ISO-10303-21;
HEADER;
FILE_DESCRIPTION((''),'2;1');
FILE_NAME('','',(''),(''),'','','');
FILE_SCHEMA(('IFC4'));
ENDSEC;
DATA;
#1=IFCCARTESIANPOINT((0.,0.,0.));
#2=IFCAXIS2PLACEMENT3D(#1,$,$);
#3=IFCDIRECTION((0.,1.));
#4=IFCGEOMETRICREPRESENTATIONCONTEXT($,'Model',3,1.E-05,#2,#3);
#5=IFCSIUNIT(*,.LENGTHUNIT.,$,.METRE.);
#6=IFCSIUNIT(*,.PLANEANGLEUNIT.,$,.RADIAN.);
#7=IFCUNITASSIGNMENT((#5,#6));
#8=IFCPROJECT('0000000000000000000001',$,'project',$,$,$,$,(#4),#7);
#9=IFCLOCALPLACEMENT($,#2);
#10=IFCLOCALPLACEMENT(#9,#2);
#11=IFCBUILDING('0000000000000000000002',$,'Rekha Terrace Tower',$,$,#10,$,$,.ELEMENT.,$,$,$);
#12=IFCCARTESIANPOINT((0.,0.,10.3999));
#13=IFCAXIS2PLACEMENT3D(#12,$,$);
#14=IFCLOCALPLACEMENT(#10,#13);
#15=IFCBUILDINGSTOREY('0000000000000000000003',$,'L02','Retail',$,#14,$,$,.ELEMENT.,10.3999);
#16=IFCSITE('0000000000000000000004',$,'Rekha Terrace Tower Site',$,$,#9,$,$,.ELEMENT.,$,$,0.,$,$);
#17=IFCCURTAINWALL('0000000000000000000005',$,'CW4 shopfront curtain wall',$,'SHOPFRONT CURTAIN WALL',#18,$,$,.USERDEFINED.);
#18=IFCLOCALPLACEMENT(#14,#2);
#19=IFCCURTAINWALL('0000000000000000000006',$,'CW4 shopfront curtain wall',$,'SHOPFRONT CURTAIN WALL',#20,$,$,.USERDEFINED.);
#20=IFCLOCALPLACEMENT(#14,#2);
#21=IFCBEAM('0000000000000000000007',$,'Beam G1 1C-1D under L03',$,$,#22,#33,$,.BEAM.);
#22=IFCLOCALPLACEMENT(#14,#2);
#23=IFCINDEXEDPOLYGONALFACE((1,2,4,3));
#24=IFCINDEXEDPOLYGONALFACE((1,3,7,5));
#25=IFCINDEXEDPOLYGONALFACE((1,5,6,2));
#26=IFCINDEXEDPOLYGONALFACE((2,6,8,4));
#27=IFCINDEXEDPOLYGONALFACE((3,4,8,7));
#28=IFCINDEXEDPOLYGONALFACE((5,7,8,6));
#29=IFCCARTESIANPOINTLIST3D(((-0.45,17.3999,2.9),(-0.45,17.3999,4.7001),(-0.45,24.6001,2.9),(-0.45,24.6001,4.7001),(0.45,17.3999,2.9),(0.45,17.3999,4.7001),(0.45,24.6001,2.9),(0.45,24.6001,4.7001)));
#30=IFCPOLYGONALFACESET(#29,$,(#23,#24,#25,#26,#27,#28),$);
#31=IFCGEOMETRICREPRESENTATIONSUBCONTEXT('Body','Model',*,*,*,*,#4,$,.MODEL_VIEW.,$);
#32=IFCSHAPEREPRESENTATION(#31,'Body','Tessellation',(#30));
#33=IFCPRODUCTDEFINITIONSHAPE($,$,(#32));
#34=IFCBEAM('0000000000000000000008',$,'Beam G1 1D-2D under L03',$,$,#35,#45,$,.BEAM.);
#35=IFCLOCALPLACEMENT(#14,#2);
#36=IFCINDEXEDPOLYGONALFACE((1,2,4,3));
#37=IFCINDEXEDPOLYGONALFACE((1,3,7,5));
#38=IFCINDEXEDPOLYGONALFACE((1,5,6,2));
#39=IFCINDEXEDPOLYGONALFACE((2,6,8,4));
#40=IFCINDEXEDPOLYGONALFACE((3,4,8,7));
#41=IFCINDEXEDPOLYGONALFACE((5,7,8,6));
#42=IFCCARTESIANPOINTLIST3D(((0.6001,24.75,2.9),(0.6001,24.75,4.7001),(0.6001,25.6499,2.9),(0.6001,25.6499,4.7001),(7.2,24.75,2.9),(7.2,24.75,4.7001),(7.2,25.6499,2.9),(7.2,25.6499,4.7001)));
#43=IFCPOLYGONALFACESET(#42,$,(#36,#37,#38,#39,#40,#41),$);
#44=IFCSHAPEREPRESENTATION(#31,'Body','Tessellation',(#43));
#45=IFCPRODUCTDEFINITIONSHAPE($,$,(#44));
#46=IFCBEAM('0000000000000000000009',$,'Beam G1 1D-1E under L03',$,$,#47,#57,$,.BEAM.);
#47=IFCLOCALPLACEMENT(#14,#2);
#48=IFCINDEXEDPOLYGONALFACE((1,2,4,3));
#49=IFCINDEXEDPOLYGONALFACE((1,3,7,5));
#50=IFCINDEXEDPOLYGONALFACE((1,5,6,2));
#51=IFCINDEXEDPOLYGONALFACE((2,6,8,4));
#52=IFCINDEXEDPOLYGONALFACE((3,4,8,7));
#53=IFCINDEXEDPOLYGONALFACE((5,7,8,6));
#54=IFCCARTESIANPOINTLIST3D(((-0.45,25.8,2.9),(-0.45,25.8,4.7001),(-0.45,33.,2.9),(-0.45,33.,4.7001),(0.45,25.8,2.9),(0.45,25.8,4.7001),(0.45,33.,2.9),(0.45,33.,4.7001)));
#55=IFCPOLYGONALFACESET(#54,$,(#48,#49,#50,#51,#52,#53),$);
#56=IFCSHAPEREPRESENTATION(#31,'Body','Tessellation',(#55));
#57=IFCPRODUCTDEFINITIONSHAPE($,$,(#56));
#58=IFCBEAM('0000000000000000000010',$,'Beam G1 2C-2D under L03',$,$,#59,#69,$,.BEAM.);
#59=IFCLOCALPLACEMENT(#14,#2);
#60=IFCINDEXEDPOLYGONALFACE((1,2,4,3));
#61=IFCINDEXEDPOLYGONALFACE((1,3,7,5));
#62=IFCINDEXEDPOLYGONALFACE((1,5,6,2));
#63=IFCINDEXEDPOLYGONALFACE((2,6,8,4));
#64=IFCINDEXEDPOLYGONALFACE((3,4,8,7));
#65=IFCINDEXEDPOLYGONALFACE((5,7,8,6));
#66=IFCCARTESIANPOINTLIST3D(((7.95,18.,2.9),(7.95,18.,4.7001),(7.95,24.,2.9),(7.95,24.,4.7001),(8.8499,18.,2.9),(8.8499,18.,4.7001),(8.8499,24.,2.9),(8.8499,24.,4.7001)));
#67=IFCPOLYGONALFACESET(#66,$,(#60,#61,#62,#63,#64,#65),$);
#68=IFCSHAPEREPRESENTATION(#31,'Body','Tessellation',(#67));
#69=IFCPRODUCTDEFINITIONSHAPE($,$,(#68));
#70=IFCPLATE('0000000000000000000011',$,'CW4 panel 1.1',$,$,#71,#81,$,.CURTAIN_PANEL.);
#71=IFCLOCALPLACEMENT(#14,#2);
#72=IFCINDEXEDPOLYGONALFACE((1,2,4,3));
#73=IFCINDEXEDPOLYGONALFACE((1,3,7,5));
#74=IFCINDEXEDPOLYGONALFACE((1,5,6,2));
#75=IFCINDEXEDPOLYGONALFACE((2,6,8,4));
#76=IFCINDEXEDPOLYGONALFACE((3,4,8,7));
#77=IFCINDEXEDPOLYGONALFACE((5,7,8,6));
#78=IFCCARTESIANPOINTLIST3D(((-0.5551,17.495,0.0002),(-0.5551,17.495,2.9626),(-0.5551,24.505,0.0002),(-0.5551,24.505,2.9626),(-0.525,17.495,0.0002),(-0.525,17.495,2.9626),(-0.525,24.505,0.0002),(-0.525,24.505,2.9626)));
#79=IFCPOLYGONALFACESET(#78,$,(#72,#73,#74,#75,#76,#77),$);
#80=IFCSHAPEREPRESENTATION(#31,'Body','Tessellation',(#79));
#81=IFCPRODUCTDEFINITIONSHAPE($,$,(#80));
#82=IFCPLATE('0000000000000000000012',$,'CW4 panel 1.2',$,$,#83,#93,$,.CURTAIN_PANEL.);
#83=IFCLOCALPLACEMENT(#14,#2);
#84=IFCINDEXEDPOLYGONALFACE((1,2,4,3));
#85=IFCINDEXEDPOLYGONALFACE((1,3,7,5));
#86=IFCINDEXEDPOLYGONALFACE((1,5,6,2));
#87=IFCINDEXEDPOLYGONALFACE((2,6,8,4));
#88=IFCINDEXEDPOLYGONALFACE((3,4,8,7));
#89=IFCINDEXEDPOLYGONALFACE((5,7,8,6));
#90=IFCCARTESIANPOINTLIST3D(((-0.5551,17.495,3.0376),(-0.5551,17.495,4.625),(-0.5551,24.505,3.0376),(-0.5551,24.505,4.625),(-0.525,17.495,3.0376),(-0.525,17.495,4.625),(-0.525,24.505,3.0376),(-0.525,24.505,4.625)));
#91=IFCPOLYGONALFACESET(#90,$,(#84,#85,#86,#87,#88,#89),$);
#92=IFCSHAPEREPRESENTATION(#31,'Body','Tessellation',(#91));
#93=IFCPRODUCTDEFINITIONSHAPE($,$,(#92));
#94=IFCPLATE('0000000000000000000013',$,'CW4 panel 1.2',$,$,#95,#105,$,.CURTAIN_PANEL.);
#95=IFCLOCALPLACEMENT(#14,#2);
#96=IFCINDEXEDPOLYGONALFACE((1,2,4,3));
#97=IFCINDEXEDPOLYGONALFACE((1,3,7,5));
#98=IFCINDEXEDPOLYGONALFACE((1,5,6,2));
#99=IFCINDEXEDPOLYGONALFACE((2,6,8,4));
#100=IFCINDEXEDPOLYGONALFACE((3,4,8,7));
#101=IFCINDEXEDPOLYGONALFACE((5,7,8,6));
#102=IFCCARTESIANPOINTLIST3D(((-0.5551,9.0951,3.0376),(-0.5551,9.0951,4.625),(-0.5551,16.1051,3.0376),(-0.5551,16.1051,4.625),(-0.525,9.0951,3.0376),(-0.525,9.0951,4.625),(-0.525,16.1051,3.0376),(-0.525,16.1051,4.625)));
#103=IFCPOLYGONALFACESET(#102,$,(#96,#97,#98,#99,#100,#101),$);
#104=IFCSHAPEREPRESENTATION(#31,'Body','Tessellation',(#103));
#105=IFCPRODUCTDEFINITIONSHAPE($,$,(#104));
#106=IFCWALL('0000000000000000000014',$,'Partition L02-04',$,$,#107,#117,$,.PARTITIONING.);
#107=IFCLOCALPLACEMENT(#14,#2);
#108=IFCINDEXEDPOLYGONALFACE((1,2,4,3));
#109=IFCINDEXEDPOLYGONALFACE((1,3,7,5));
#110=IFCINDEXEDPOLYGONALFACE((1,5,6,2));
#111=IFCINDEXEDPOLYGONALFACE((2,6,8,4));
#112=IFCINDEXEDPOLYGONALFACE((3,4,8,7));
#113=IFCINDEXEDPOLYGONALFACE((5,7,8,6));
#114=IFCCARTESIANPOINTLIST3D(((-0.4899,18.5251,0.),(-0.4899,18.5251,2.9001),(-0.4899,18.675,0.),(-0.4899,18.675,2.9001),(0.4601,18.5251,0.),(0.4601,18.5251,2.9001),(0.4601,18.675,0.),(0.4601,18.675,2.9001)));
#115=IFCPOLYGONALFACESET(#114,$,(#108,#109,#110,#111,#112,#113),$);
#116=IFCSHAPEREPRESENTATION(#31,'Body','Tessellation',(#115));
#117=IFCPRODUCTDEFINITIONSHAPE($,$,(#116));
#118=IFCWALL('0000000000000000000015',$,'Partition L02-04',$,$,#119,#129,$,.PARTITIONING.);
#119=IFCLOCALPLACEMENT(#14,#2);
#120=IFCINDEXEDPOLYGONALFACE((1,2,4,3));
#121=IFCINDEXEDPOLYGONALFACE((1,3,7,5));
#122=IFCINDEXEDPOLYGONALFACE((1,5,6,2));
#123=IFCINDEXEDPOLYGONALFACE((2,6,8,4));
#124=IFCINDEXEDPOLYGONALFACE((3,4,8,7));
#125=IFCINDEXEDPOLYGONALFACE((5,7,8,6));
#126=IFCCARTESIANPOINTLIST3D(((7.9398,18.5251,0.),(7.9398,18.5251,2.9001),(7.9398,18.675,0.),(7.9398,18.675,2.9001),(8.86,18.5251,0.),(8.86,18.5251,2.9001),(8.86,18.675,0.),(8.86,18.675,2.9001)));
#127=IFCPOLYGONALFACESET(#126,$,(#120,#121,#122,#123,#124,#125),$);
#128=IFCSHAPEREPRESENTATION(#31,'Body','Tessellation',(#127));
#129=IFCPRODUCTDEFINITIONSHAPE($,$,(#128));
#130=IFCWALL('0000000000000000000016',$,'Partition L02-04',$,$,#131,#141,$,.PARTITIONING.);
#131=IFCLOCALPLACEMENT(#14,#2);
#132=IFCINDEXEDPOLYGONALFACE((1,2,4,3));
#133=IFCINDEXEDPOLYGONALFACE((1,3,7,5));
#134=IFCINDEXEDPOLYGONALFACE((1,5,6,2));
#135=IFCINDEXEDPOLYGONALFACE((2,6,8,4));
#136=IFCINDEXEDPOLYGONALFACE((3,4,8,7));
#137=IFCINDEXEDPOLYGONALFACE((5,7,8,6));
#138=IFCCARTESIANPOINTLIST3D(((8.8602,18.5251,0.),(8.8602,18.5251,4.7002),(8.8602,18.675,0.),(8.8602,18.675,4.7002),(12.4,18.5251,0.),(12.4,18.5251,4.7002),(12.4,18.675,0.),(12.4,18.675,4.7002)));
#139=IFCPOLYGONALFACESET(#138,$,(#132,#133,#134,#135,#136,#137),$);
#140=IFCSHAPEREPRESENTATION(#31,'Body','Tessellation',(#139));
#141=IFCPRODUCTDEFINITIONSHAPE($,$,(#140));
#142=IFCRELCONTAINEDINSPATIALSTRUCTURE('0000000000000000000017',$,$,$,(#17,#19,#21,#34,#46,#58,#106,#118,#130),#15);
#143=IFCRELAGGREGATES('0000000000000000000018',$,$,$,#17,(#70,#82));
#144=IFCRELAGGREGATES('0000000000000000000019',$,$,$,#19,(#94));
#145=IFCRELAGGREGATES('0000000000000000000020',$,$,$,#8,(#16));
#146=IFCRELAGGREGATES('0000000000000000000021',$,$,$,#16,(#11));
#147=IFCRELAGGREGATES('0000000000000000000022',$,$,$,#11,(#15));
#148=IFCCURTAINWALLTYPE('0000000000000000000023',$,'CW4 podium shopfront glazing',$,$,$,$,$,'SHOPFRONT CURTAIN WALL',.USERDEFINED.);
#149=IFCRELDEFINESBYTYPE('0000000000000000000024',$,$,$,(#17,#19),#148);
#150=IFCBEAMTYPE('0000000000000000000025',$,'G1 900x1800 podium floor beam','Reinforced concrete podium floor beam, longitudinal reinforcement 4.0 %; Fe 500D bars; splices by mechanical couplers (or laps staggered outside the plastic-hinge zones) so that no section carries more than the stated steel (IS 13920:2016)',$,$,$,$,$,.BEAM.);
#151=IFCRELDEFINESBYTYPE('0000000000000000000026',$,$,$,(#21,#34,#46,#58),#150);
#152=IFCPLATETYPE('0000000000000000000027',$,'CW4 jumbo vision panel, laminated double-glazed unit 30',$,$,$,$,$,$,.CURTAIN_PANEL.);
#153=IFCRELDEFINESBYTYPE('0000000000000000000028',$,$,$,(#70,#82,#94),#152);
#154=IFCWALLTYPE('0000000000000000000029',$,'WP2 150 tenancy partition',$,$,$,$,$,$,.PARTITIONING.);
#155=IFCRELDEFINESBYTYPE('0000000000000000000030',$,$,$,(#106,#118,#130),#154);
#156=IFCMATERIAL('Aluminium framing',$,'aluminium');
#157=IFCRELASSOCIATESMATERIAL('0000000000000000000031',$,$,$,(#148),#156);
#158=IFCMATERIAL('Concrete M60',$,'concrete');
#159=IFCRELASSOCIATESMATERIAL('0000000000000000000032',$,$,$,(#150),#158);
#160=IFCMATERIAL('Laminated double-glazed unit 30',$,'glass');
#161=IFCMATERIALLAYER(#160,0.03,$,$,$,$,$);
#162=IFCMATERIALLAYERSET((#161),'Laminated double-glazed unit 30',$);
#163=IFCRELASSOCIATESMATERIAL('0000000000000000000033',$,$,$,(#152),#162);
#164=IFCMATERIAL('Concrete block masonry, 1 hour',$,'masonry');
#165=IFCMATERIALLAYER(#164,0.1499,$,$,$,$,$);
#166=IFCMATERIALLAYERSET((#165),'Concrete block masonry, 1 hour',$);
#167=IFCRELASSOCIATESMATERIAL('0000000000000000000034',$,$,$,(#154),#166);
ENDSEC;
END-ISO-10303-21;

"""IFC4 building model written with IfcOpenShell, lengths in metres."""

from ifc_helpers import new_model, si_unit, direction, frame, frame_2d, origin, origin_2d, place, context, subcontext, project, spatial, rectangle, extrude, material, layer, layer_set, material_profile, profile_set, type_object, element, aggregate, save


model = new_model("IFC4")

# Units and contexts
model_context = context("Model", 3, precision=1e-05, world=origin(), true_north=direction((0.0, 1.0)))
body_context = subcontext(model_context, "Body", "Model", "MODEL_VIEW")
ifc_project = project(units=[si_unit("LENGTHUNIT", "METRE"), si_unit("PLANEANGLEUNIT", "RADIAN")], contexts=[model_context])

# Site, building, storey
site_placement = place(None, origin())
site = spatial("IfcSite", under=ifc_project, at=site_placement, Name="Rekha Terrace Tower Site", CompositionType="ELEMENT", RefElevation=0.0)
building_placement = place(site_placement, origin())
building = spatial("IfcBuilding", under=site, at=building_placement, Name="Rekha Terrace Tower", CompositionType="ELEMENT")
storey_placement = place(building_placement, frame((0.0, 0.0, 10.3999)))
storey = spatial("IfcBuildingStorey", under=building, at=storey_placement, Name="L02", Description="Retail", CompositionType="ELEMENT", Elevation=10.3999)

# Shared definitions
ifc_material_1 = material(Name="Concrete M60", Category="concrete")

# Curtain wall
ifc_material_2 = material(Name="Aluminium framing", Category="aluminium")
curtain_wall_type = type_object("IfcCurtainWallType", Name="CW4 podium shopfront glazing", ElementType="SHOPFRONT CURTAIN WALL", PredefinedType="USERDEFINED", material=ifc_material_2)
curtain_wall_1_placement = place(storey_placement, origin())
curtain_wall_1 = element("IfcCurtainWall", 1, at=curtain_wall_1_placement, inside=storey, type_object=curtain_wall_type, Name="CW4 shopfront curtain wall", ObjectType="SHOPFRONT CURTAIN WALL", PredefinedType="USERDEFINED")

# Curtain wall
curtain_wall_2_placement = place(storey_placement, origin())
curtain_wall_2 = element("IfcCurtainWall", 2, at=curtain_wall_2_placement, inside=storey, type_object=curtain_wall_type, Name="CW4 shopfront curtain wall", ObjectType="SHOPFRONT CURTAIN WALL", PredefinedType="USERDEFINED")

# Beams
ifc_material_profile_1 = material_profile(ifc_material_1, rectangle(XDim=0.8999, YDim=1.8, at=origin_2d()), Name="RC 900x1800")
ifc_profile_set_1 = profile_set([ifc_material_profile_1], Name="Concrete M60")
beam_type = type_object("IfcBeamType", Name="G1 900x1800 podium floor beam", Description="Reinforced concrete podium floor beam, longitudinal reinforcement 4.0 %; Fe 500D bars; splices by mechanical couplers (or laps staggered outside the plastic-hinge zones) so that no section carries more than the stated steel (IS 13920:2016)", PredefinedType="BEAM", material=ifc_profile_set_1)
beam_1_placement = place(storey_placement, frame((0.0, 17.3999, 3.8), z_axis=(0.0, 1.0, 0.0), x_axis=(-1.0, 0.0, 0.0)))
element("IfcBeam", 3, at=beam_1_placement, inside=storey, type_object=beam_type, Name="Beam G1 1C-1D under L03", PredefinedType="BEAM", context=body_context, shape_type="SweptSolid", body=[
    extrude(rectangle(XDim=0.8999, YDim=1.8, at=origin_2d()), origin(), (0.0, 0.0, 1.0), 7.2002),
])
beam_2_placement = place(storey_placement, frame((0.6001, 25.2, 3.8), z_axis=(1.0, 0.0, 0.0), x_axis=(0.0, 1.0, 0.0)))
element("IfcBeam", 4, at=beam_2_placement, inside=storey, type_object=beam_type, Name="Beam G1 1D-2D under L03", PredefinedType="BEAM", context=body_context, shape_type="SweptSolid", body=[
    extrude(rectangle(XDim=0.8999, YDim=1.8, at=origin_2d()), origin(), (0.0, 0.0, 1.0), 6.5999),
])
beam_3_placement = place(storey_placement, frame((0.0, 25.8, 3.8), z_axis=(0.0, 1.0, 0.0), x_axis=(-1.0, 0.0, 0.0)))
element("IfcBeam", 5, at=beam_3_placement, inside=storey, type_object=beam_type, Name="Beam G1 1D-1E under L03", PredefinedType="BEAM", context=body_context, shape_type="SweptSolid", body=[
    extrude(rectangle(XDim=0.8999, YDim=1.8, at=origin_2d()), origin(), (0.0, 0.0, 1.0), 7.2),
])
beam_4_placement = place(storey_placement, frame((8.3999, 18.0, 3.8), z_axis=(0.0, 1.0, 0.0), x_axis=(-1.0, 0.0, 0.0)))
element("IfcBeam", 6, at=beam_4_placement, inside=storey, type_object=beam_type, Name="Beam G1 2C-2D under L03", PredefinedType="BEAM", context=body_context, shape_type="SweptSolid", body=[
    extrude(rectangle(XDim=0.8999, YDim=1.8, at=origin_2d()), origin(), (0.0, 0.0, 1.0), 6.0),
])

# Plates
ifc_material_3 = material(Name="Laminated double-glazed unit 30", Category="glass")
ifc_layer_1 = layer(ifc_material_3, 0.03)
ifc_layer_set_1 = layer_set([ifc_layer_1], Name="Laminated double-glazed unit 30")
plate_type = type_object("IfcPlateType", Name="CW4 jumbo vision panel, laminated double-glazed unit 30", PredefinedType="CURTAIN_PANEL", material=ifc_layer_set_1)
plate_1_placement = place(storey_placement, frame((-0.54, 21.0, 0.0002), z_axis=(0.0, 0.0, 1.0), x_axis=(0.0, -1.0, 0.0)))
plate_1 = element("IfcPlate", 7, at=plate_1_placement, type_object=plate_type, Name="CW4 panel 1.1", PredefinedType="CURTAIN_PANEL", context=body_context, shape_type="SweptSolid", body=[
    extrude(rectangle(XDim=7.01, YDim=0.03, at=origin_2d()), origin(), (0.0, 0.0, 1.0), 2.9624),
])
plate_2_placement = place(storey_placement, frame((-0.54, 21.0, 3.0376), z_axis=(0.0, 0.0, 1.0), x_axis=(0.0, -1.0, 0.0)))
plate_2 = element("IfcPlate", 8, at=plate_2_placement, type_object=plate_type, Name="CW4 panel 1.2", PredefinedType="CURTAIN_PANEL", context=body_context, shape_type="SweptSolid", body=[
    extrude(rectangle(XDim=7.01, YDim=0.03, at=origin_2d()), origin(), (0.0, 0.0, 1.0), 1.5874),
])
aggregate(curtain_wall_1, [plate_1, plate_2])
plate_3_placement = place(storey_placement, frame((-0.54, 12.6001, 3.0376), z_axis=(0.0, 0.0, 1.0), x_axis=(0.0, -1.0, 0.0)))
plate_3 = element("IfcPlate", 9, at=plate_3_placement, type_object=plate_type, Name="CW4 panel 1.2", PredefinedType="CURTAIN_PANEL", context=body_context, shape_type="SweptSolid", body=[
    extrude(rectangle(XDim=7.01, YDim=0.03, at=origin_2d()), origin(), (0.0, 0.0, 1.0), 1.5874),
])
aggregate(curtain_wall_2, [plate_3])

# Wall
ifc_material_4 = material(Name="Concrete block masonry, 1 hour", Category="masonry")
ifc_layer_2 = layer(ifc_material_4, 0.1499)
ifc_layer_set_2 = layer_set([ifc_layer_2], Name="Concrete block masonry, 1 hour")
wall_type = type_object("IfcWallType", Name="WP2 150 tenancy partition", PredefinedType="PARTITIONING", material=ifc_layer_set_2)
wall_1_placement = place(storey_placement, frame((-0.49, 18.6001, 0.0), z_axis=(0.0, 0.0, 1.0), x_axis=(1.0, 0.0, 0.0)))
element("IfcWall", 10, at=wall_1_placement, inside=storey, type_object=wall_type, Name="Partition L02-04", PredefinedType="PARTITIONING", context=body_context, shape_type="SweptSolid", body=[
    extrude(rectangle(XDim=0.95, YDim=0.1499, at=frame_2d((0.4751, 0.0))), origin(), (0.0, 0.0, 1.0), 2.9001),
])

# Walls
wall_2_placement = place(storey_placement, frame((7.9399, 18.6001, 0.0), z_axis=(0.0, 0.0, 1.0), x_axis=(1.0, 0.0, 0.0)))
element("IfcWall", 11, at=wall_2_placement, inside=storey, type_object=wall_type, Name="Partition L02-04", PredefinedType="PARTITIONING", context=body_context, shape_type="SweptSolid", body=[
    extrude(rectangle(XDim=0.9202, YDim=0.1499, at=frame_2d((0.46, 0.0))), origin(), (0.0, 0.0, 1.0), 2.9001),
])
wall_3_placement = place(storey_placement, frame((8.8601, 18.6001, 0.0), z_axis=(0.0, 0.0, 1.0), x_axis=(1.0, 0.0, 0.0)))
element("IfcWall", 12, at=wall_3_placement, inside=storey, type_object=wall_type, Name="Partition L02-04", PredefinedType="PARTITIONING", context=body_context, shape_type="SweptSolid", body=[
    extrude(rectangle(XDim=3.5398, YDim=0.1499, at=frame_2d((1.77, 0.0))), origin(), (0.0, 0.0, 1.0), 4.7002),
])

save(model, "model.ifc")
